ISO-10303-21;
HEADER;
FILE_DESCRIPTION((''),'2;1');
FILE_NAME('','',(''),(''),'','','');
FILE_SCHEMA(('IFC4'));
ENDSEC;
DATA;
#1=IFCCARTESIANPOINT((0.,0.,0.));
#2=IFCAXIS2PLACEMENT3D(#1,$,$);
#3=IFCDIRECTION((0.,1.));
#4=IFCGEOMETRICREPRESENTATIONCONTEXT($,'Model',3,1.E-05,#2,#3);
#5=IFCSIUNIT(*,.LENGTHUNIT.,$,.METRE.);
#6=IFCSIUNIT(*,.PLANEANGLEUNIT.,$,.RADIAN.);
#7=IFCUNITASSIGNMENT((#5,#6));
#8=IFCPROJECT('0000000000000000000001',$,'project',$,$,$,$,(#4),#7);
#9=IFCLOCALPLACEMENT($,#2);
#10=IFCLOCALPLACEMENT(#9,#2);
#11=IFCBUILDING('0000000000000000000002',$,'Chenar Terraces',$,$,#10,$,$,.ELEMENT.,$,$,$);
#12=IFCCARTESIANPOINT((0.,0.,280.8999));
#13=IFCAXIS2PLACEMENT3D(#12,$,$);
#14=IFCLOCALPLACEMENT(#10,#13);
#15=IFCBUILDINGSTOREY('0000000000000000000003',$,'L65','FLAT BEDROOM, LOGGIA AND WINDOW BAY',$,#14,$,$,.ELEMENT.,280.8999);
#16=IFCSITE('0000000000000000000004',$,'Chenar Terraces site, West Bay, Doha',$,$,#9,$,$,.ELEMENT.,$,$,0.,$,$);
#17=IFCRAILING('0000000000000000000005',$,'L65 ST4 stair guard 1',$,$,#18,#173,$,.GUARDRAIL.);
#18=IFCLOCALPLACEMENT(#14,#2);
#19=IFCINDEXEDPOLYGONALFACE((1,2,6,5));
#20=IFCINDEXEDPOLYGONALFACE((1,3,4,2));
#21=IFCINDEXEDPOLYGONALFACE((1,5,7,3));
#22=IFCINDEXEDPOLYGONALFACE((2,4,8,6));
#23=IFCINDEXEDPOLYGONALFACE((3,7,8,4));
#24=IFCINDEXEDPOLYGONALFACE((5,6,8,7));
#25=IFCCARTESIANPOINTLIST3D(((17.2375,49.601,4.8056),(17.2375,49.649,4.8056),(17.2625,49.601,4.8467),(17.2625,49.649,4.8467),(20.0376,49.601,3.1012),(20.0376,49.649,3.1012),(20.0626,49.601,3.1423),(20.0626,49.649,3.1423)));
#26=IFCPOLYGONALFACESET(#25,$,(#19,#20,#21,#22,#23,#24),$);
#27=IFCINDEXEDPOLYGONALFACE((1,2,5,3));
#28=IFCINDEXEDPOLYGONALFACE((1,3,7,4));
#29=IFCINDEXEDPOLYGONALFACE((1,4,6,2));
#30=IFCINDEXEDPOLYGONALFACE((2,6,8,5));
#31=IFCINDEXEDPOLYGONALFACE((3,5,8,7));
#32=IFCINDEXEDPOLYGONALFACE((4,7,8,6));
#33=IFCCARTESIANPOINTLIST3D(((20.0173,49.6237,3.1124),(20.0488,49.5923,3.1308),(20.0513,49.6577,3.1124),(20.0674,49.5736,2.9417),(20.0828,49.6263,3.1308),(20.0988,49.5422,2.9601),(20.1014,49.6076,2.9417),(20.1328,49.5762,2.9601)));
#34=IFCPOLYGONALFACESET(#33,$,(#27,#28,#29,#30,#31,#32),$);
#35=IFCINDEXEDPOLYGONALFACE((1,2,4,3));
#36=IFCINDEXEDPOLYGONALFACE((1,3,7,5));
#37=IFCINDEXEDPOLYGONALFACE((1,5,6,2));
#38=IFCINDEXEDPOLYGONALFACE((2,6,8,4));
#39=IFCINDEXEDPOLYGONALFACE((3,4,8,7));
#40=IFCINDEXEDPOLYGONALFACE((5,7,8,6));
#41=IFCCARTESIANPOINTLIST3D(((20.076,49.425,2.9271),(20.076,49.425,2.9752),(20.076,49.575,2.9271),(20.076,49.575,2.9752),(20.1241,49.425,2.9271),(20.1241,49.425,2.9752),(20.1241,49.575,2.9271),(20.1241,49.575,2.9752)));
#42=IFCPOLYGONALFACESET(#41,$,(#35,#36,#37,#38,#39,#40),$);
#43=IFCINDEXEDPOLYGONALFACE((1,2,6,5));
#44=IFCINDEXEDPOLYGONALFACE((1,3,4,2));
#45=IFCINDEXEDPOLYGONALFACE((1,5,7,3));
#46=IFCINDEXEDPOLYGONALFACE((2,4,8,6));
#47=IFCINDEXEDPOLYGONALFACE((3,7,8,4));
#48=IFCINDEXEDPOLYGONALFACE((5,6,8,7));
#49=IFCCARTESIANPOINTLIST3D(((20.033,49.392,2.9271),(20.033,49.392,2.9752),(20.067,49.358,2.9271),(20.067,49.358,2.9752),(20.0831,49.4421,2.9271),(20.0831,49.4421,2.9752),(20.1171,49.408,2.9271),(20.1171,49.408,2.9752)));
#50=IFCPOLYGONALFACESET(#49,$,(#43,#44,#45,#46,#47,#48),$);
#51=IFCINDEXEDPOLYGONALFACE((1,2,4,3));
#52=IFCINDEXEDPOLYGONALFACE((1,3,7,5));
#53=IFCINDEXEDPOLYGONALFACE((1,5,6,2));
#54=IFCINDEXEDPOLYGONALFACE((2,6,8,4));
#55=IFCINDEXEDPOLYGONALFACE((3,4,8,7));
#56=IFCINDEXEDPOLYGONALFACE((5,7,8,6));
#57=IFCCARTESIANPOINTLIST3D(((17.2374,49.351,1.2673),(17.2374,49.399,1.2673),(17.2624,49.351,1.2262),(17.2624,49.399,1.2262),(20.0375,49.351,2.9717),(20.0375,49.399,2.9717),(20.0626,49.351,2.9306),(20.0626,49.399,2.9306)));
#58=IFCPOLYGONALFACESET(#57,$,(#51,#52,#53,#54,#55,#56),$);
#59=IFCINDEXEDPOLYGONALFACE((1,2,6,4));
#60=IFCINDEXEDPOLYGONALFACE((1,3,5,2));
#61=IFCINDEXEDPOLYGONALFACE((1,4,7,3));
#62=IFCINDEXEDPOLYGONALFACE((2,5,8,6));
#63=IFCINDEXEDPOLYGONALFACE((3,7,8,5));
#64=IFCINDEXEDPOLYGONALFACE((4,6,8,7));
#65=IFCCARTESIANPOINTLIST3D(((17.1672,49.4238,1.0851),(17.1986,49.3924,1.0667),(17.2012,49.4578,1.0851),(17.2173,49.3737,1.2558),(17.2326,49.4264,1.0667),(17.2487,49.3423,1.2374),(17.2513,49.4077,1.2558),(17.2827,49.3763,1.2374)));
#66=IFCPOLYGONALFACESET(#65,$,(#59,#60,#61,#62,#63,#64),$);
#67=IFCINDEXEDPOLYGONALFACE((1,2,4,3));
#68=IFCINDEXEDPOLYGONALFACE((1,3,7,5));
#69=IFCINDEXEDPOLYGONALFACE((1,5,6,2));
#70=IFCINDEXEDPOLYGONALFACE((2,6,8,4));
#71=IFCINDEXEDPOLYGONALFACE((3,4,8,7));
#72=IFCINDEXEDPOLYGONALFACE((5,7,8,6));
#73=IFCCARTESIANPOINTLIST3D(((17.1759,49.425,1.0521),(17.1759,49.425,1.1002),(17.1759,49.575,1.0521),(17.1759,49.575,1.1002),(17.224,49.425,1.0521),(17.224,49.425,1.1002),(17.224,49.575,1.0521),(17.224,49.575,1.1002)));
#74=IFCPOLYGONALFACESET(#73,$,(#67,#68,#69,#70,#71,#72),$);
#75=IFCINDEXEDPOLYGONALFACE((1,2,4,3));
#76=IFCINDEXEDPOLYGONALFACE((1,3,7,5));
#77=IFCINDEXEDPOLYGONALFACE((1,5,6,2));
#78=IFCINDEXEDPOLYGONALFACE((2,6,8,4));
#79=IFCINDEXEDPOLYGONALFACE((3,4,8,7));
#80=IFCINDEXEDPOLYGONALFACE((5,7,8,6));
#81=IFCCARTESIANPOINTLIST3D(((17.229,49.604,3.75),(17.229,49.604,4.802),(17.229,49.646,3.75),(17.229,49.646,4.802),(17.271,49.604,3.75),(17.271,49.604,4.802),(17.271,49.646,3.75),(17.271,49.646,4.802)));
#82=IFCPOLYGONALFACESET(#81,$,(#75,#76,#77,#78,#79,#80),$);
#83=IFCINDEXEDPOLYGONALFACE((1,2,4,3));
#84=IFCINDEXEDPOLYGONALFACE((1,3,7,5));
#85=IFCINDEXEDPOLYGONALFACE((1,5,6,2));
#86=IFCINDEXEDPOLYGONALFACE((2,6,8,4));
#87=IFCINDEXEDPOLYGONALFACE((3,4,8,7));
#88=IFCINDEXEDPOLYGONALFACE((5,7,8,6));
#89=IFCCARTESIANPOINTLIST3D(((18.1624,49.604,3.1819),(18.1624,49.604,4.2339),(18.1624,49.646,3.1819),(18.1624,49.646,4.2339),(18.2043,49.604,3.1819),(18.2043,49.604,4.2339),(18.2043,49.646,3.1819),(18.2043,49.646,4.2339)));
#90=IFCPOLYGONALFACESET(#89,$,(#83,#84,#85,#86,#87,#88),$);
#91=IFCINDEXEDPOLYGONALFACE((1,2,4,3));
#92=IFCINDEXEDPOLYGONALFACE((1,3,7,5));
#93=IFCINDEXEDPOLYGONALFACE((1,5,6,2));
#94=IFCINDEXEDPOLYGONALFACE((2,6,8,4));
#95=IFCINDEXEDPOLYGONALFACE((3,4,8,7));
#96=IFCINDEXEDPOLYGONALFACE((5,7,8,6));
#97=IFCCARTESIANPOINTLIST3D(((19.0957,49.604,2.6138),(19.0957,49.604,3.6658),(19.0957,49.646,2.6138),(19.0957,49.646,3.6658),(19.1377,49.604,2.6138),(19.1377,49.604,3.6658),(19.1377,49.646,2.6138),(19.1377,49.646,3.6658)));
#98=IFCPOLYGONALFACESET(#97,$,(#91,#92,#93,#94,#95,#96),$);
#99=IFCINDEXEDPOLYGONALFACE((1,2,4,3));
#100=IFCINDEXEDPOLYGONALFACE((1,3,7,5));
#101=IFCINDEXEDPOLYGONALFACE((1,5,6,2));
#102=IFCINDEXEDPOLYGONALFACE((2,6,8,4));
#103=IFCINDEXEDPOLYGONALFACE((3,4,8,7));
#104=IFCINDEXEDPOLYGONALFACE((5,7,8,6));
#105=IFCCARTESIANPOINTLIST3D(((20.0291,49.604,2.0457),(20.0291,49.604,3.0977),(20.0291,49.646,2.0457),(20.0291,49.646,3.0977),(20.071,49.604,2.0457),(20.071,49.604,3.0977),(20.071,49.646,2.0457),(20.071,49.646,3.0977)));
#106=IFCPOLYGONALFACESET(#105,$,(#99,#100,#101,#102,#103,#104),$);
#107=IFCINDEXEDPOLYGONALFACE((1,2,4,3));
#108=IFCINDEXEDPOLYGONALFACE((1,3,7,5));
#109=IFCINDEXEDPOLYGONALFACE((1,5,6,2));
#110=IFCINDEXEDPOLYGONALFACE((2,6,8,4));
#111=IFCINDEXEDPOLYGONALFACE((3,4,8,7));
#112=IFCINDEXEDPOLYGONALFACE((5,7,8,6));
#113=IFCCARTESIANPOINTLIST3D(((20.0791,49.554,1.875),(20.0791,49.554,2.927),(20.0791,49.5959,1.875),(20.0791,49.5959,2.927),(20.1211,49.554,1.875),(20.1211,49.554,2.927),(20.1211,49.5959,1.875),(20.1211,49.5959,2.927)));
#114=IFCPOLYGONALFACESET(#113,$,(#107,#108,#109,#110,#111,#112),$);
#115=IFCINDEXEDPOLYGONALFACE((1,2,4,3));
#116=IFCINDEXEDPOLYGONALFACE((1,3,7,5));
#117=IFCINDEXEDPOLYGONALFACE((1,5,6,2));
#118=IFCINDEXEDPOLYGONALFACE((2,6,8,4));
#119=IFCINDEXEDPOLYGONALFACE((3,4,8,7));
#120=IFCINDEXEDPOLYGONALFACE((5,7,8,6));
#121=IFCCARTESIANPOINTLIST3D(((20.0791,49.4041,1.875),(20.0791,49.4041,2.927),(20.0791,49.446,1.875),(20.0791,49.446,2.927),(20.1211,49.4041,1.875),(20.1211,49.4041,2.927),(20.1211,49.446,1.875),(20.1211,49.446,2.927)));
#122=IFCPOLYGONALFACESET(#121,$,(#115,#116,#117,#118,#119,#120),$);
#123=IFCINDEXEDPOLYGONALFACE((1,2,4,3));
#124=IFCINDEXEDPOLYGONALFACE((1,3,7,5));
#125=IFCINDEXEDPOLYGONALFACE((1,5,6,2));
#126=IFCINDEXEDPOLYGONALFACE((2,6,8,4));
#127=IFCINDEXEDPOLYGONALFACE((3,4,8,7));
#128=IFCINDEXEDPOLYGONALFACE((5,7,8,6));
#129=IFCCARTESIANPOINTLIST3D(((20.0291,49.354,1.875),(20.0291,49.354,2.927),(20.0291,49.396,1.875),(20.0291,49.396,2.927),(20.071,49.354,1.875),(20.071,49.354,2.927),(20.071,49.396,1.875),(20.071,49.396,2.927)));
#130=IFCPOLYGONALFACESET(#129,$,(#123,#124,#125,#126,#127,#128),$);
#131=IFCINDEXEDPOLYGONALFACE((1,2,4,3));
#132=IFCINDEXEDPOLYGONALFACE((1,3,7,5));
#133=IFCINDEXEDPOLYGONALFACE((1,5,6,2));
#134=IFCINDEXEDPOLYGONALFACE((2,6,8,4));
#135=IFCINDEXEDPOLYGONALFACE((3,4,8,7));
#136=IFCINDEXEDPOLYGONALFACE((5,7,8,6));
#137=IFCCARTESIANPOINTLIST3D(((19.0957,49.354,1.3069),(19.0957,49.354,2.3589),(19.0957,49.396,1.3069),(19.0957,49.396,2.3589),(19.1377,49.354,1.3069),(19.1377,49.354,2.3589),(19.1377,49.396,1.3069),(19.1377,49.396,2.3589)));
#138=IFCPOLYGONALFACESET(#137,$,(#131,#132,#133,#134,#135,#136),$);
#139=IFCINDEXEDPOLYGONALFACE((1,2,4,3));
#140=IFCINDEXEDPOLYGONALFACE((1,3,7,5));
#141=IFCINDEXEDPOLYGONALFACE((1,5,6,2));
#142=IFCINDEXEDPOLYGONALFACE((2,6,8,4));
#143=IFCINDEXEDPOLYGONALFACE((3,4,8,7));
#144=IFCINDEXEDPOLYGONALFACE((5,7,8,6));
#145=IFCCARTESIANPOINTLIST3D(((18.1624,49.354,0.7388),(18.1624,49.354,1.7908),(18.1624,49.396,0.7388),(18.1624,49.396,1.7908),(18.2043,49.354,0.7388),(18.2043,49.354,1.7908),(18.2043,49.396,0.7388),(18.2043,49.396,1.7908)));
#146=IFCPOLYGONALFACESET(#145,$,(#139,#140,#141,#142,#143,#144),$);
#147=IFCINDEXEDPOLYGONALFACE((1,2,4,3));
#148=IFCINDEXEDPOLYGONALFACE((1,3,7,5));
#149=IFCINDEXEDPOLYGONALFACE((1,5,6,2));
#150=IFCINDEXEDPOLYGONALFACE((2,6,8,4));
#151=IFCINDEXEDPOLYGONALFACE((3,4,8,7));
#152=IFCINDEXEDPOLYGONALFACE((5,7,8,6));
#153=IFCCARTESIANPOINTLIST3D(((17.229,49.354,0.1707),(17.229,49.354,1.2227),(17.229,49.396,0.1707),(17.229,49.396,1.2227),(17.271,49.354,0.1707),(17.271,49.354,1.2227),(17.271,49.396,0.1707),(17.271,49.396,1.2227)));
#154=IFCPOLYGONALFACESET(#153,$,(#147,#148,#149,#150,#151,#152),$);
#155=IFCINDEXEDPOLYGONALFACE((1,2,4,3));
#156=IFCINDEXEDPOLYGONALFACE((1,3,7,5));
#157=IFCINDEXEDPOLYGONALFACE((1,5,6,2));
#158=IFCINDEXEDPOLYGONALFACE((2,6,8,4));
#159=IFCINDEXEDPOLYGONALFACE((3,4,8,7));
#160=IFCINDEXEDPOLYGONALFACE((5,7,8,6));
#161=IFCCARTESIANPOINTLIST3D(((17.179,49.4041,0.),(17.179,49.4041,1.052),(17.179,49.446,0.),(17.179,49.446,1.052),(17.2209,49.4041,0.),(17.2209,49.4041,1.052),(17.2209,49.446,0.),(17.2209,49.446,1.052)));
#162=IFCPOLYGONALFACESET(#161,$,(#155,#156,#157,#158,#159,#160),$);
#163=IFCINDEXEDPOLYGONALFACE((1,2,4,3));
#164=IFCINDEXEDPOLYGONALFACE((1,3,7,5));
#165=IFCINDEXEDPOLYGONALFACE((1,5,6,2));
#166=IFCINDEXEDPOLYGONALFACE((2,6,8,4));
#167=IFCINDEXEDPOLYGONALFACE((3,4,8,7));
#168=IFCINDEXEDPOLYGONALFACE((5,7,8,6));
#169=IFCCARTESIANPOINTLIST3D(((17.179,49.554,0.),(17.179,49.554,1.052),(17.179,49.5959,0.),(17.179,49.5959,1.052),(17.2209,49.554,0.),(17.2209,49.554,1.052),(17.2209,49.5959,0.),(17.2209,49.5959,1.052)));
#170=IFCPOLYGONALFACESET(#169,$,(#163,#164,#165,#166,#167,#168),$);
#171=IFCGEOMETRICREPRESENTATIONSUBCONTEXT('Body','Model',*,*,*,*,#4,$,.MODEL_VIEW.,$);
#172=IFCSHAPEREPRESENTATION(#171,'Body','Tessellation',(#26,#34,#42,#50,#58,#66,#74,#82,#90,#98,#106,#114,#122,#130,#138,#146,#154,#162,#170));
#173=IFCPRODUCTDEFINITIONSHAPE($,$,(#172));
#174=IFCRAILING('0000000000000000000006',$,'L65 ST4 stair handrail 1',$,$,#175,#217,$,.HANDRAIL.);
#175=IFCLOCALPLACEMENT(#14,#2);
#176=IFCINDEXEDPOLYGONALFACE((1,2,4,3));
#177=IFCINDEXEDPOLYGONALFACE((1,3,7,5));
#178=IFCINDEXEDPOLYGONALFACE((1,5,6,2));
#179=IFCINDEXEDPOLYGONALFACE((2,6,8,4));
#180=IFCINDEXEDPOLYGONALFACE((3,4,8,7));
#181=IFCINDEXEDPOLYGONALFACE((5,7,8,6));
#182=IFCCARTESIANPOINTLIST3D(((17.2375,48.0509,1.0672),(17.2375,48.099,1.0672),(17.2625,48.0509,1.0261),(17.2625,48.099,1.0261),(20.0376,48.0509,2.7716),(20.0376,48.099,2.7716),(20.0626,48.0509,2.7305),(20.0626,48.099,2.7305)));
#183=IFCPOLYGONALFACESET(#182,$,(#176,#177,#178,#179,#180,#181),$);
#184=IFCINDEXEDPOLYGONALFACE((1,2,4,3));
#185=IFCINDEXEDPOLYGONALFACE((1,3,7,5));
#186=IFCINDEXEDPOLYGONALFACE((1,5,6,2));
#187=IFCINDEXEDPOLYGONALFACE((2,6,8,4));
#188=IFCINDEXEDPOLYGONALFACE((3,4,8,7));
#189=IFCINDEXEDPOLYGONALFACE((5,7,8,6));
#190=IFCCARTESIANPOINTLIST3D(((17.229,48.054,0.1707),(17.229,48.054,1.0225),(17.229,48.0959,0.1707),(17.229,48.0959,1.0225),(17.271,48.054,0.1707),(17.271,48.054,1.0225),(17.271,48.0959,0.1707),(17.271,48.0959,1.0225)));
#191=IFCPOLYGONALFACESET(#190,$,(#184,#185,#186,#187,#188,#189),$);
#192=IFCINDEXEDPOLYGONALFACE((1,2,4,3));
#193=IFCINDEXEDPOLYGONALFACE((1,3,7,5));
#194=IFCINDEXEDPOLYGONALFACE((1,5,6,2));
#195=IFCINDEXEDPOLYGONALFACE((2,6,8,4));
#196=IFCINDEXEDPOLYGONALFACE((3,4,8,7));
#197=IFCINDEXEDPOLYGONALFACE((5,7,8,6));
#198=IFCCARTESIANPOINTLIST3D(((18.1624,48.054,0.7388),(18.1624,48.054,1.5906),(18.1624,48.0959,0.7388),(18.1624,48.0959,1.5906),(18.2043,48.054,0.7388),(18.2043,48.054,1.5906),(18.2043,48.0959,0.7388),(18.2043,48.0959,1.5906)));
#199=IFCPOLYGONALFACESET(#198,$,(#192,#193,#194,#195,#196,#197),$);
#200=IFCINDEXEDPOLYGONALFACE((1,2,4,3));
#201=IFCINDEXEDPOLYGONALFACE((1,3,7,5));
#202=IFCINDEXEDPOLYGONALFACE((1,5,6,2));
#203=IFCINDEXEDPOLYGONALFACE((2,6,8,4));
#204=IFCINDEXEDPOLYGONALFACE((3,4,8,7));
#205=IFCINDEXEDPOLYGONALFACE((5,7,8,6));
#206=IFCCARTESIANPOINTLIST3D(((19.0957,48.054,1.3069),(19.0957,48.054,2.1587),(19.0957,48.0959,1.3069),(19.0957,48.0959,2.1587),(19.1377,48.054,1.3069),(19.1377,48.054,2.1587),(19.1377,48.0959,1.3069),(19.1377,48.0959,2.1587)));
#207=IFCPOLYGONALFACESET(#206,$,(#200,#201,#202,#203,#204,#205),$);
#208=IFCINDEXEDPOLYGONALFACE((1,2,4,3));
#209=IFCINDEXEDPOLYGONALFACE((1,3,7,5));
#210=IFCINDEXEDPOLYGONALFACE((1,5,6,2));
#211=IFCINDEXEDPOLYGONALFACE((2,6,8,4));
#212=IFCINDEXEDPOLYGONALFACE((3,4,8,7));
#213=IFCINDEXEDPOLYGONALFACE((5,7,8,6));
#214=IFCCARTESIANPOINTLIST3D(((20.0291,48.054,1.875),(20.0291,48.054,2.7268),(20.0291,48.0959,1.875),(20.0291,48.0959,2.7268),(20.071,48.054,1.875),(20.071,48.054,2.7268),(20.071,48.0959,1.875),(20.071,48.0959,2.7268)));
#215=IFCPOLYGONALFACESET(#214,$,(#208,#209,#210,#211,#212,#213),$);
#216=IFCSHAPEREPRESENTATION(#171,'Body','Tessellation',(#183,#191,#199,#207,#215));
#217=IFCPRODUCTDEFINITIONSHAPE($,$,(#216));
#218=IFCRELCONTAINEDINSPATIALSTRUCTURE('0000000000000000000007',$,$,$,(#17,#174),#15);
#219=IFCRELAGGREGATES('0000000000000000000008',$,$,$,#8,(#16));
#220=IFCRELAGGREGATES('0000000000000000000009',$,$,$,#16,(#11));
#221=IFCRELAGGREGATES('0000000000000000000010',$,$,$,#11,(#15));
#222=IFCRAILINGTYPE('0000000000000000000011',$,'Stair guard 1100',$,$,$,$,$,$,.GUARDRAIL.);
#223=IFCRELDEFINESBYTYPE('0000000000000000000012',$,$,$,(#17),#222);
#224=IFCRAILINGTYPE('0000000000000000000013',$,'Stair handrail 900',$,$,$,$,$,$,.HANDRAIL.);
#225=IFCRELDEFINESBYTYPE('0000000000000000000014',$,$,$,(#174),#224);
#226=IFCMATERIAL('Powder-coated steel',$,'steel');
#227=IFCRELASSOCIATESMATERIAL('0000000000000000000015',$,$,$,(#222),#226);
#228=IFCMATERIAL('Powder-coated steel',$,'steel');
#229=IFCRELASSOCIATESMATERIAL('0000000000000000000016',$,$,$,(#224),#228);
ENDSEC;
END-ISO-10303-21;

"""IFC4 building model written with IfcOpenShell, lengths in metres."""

from ifc_helpers import new_model, si_unit, direction, frame, origin, origin_2d, place, context, subcontext, project, spatial, rectangle, extrude, material, type_object, element, save


model = new_model("IFC4")

# Units and contexts
model_context = context("Model", 3, precision=1e-05, world=origin(), true_north=direction((0.0, 1.0)))
body_context = subcontext(model_context, "Body", "Model", "MODEL_VIEW")
ifc_project = project(units=[si_unit("LENGTHUNIT", "METRE"), si_unit("PLANEANGLEUNIT", "RADIAN")], contexts=[model_context])

# Site, building, storey
site_placement = place(None, origin())
site = spatial("IfcSite", under=ifc_project, at=site_placement, Name="Chenar Terraces site, West Bay, Doha", CompositionType="ELEMENT", RefElevation=0.0)
building_placement = place(site_placement, origin())
building = spatial("IfcBuilding", under=site, at=building_placement, Name="Chenar Terraces", CompositionType="ELEMENT")
storey_placement = place(building_placement, frame((0.0, 0.0, 280.8999)))
storey = spatial("IfcBuildingStorey", under=building, at=storey_placement, Name="L65", Description="FLAT BEDROOM, LOGGIA AND WINDOW BAY", CompositionType="ELEMENT", Elevation=280.8999)

# Railings
ifc_material_1 = material(Name="Powder-coated steel", Category="steel")
railing_type_1 = type_object("IfcRailingType", Name="Stair guard 1100", PredefinedType="GUARDRAIL", material=ifc_material_1)
railing_1_placement = place(storey_placement, frame((17.25, 49.625, 3.75)))
element("IfcRailing", 1, at=railing_1_placement, inside=storey, type_object=railing_type_1, Name="L65 ST4 stair guard 1", PredefinedType="GUARDRAIL", context=body_context, shape_type="SweptSolid", body=[
    extrude(rectangle(XDim=0.0481, YDim=0.0481, at=origin_2d()), frame((0.0, 0.0, 1.0762), z_axis=(0.854203, 0.0, -0.51994), x_axis=(0.0, 1.0, 0.0)), (0.0, 0.0, 1.0), 3.2781),
    extrude(rectangle(XDim=0.0481, YDim=0.0481, at=origin_2d()), frame((2.8, 0.0, -0.6284), z_axis=(0.2709, -0.2709, -0.923703), x_axis=(0.707107, 0.707107, 0.0)), (0.0, 0.0, 1.0), 0.1848),
    extrude(rectangle(XDim=0.0481, YDim=0.0481, at=origin_2d()), frame((2.8501, -0.05, -0.7988), z_axis=(0.0, -1.0, 0.0), x_axis=(1.0, 0.0, 0.0)), (0.0, 0.0, 1.0), 0.1499),
    extrude(rectangle(XDim=0.0481, YDim=0.0481, at=origin_2d()), frame((2.8501, -0.2, -0.7988), z_axis=(-0.707107, -0.707107, 0.0), x_axis=(0.707107, -0.707107, 0.0)), (0.0, 0.0, 1.0), 0.0708),
    extrude(rectangle(XDim=0.0481, YDim=0.0481, at=origin_2d()), frame((2.8, -0.25, -0.7988), z_axis=(-0.854203, 0.0, -0.51994), x_axis=(0.0, -1.0, 0.0)), (0.0, 0.0, 1.0), 3.2781),
    extrude(rectangle(XDim=0.0481, YDim=0.0481, at=origin_2d()), frame((0.0, -0.25, -2.5034), z_axis=(-0.2709, 0.2709, -0.923703), x_axis=(-0.707107, -0.707107, 0.0)), (0.0, 0.0, 1.0), 0.1848),
    extrude(rectangle(XDim=0.0481, YDim=0.0481, at=origin_2d()), frame((-0.05, -0.2, -2.6738), z_axis=(0.0, 1.0, 0.0), x_axis=(-1.0, 0.0, 0.0)), (0.0, 0.0, 1.0), 0.1499),
    extrude(rectangle(XDim=0.042, YDim=0.042, at=origin_2d()), origin(), (0.0, 0.0, 1.0), 1.052),
    extrude(rectangle(XDim=0.042, YDim=0.042, at=origin_2d()), frame((0.9333, 0.0, -0.5681)), (0.0, 0.0, 1.0), 1.052),
    extrude(rectangle(XDim=0.042, YDim=0.042, at=origin_2d()), frame((1.8667, 0.0, -1.1362)), (0.0, 0.0, 1.0), 1.052),
    extrude(rectangle(XDim=0.042, YDim=0.042, at=origin_2d()), frame((2.8, 0.0, -1.7043)), (0.0, 0.0, 1.0), 1.052),
    extrude(rectangle(XDim=0.042, YDim=0.042, at=origin_2d()), frame((2.8501, -0.05, -1.875)), (0.0, 0.0, 1.0), 1.052),
    extrude(rectangle(XDim=0.042, YDim=0.042, at=origin_2d()), frame((2.8501, -0.2, -1.875)), (0.0, 0.0, 1.0), 1.052),
    extrude(rectangle(XDim=0.042, YDim=0.042, at=origin_2d()), frame((2.8, -0.25, -1.875)), (0.0, 0.0, 1.0), 1.052),
    extrude(rectangle(XDim=0.042, YDim=0.042, at=origin_2d()), frame((1.8667, -0.25, -2.4431)), (0.0, 0.0, 1.0), 1.052),
    extrude(rectangle(XDim=0.042, YDim=0.042, at=origin_2d()), frame((0.9333, -0.25, -3.0112)), (0.0, 0.0, 1.0), 1.052),
    extrude(rectangle(XDim=0.042, YDim=0.042, at=origin_2d()), frame((0.0, -0.25, -3.5793)), (0.0, 0.0, 1.0), 1.052),
    extrude(rectangle(XDim=0.042, YDim=0.042, at=origin_2d()), frame((-0.05, -0.2, -3.75)), (0.0, 0.0, 1.0), 1.052),
    extrude(rectangle(XDim=0.042, YDim=0.042, at=origin_2d()), frame((-0.05, -0.05, -3.75)), (0.0, 0.0, 1.0), 1.052),
])
ifc_material_2 = material(Name="Powder-coated steel", Category="steel")
railing_type_2 = type_object("IfcRailingType", Name="Stair handrail 900", PredefinedType="HANDRAIL", material=ifc_material_2)
railing_2_placement = place(storey_placement, frame((17.25, 48.075, 0.1707)))
element("IfcRailing", 2, at=railing_2_placement, inside=storey, type_object=railing_type_2, Name="L65 ST4 stair handrail 1", PredefinedType="HANDRAIL", context=body_context, shape_type="SweptSolid", body=[
    extrude(rectangle(XDim=0.0481, YDim=0.0481, at=origin_2d()), frame((0.0, 0.0, 0.876), z_axis=(0.854203, 0.0, 0.51994), x_axis=(0.0, 1.0, 0.0)), (0.0, 0.0, 1.0), 3.2781),
    extrude(rectangle(XDim=0.042, YDim=0.042, at=origin_2d()), origin(), (0.0, 0.0, 1.0), 0.8518),
    extrude(rectangle(XDim=0.042, YDim=0.042, at=origin_2d()), frame((0.9333, 0.0, 0.5681)), (0.0, 0.0, 1.0), 0.8518),
    extrude(rectangle(XDim=0.042, YDim=0.042, at=origin_2d()), frame((1.8667, 0.0, 1.1362)), (0.0, 0.0, 1.0), 0.8518),
    extrude(rectangle(XDim=0.042, YDim=0.042, at=origin_2d()), frame((2.8, 0.0, 1.7043)), (0.0, 0.0, 1.0), 0.8518),
])

save(model, "model.ifc")
